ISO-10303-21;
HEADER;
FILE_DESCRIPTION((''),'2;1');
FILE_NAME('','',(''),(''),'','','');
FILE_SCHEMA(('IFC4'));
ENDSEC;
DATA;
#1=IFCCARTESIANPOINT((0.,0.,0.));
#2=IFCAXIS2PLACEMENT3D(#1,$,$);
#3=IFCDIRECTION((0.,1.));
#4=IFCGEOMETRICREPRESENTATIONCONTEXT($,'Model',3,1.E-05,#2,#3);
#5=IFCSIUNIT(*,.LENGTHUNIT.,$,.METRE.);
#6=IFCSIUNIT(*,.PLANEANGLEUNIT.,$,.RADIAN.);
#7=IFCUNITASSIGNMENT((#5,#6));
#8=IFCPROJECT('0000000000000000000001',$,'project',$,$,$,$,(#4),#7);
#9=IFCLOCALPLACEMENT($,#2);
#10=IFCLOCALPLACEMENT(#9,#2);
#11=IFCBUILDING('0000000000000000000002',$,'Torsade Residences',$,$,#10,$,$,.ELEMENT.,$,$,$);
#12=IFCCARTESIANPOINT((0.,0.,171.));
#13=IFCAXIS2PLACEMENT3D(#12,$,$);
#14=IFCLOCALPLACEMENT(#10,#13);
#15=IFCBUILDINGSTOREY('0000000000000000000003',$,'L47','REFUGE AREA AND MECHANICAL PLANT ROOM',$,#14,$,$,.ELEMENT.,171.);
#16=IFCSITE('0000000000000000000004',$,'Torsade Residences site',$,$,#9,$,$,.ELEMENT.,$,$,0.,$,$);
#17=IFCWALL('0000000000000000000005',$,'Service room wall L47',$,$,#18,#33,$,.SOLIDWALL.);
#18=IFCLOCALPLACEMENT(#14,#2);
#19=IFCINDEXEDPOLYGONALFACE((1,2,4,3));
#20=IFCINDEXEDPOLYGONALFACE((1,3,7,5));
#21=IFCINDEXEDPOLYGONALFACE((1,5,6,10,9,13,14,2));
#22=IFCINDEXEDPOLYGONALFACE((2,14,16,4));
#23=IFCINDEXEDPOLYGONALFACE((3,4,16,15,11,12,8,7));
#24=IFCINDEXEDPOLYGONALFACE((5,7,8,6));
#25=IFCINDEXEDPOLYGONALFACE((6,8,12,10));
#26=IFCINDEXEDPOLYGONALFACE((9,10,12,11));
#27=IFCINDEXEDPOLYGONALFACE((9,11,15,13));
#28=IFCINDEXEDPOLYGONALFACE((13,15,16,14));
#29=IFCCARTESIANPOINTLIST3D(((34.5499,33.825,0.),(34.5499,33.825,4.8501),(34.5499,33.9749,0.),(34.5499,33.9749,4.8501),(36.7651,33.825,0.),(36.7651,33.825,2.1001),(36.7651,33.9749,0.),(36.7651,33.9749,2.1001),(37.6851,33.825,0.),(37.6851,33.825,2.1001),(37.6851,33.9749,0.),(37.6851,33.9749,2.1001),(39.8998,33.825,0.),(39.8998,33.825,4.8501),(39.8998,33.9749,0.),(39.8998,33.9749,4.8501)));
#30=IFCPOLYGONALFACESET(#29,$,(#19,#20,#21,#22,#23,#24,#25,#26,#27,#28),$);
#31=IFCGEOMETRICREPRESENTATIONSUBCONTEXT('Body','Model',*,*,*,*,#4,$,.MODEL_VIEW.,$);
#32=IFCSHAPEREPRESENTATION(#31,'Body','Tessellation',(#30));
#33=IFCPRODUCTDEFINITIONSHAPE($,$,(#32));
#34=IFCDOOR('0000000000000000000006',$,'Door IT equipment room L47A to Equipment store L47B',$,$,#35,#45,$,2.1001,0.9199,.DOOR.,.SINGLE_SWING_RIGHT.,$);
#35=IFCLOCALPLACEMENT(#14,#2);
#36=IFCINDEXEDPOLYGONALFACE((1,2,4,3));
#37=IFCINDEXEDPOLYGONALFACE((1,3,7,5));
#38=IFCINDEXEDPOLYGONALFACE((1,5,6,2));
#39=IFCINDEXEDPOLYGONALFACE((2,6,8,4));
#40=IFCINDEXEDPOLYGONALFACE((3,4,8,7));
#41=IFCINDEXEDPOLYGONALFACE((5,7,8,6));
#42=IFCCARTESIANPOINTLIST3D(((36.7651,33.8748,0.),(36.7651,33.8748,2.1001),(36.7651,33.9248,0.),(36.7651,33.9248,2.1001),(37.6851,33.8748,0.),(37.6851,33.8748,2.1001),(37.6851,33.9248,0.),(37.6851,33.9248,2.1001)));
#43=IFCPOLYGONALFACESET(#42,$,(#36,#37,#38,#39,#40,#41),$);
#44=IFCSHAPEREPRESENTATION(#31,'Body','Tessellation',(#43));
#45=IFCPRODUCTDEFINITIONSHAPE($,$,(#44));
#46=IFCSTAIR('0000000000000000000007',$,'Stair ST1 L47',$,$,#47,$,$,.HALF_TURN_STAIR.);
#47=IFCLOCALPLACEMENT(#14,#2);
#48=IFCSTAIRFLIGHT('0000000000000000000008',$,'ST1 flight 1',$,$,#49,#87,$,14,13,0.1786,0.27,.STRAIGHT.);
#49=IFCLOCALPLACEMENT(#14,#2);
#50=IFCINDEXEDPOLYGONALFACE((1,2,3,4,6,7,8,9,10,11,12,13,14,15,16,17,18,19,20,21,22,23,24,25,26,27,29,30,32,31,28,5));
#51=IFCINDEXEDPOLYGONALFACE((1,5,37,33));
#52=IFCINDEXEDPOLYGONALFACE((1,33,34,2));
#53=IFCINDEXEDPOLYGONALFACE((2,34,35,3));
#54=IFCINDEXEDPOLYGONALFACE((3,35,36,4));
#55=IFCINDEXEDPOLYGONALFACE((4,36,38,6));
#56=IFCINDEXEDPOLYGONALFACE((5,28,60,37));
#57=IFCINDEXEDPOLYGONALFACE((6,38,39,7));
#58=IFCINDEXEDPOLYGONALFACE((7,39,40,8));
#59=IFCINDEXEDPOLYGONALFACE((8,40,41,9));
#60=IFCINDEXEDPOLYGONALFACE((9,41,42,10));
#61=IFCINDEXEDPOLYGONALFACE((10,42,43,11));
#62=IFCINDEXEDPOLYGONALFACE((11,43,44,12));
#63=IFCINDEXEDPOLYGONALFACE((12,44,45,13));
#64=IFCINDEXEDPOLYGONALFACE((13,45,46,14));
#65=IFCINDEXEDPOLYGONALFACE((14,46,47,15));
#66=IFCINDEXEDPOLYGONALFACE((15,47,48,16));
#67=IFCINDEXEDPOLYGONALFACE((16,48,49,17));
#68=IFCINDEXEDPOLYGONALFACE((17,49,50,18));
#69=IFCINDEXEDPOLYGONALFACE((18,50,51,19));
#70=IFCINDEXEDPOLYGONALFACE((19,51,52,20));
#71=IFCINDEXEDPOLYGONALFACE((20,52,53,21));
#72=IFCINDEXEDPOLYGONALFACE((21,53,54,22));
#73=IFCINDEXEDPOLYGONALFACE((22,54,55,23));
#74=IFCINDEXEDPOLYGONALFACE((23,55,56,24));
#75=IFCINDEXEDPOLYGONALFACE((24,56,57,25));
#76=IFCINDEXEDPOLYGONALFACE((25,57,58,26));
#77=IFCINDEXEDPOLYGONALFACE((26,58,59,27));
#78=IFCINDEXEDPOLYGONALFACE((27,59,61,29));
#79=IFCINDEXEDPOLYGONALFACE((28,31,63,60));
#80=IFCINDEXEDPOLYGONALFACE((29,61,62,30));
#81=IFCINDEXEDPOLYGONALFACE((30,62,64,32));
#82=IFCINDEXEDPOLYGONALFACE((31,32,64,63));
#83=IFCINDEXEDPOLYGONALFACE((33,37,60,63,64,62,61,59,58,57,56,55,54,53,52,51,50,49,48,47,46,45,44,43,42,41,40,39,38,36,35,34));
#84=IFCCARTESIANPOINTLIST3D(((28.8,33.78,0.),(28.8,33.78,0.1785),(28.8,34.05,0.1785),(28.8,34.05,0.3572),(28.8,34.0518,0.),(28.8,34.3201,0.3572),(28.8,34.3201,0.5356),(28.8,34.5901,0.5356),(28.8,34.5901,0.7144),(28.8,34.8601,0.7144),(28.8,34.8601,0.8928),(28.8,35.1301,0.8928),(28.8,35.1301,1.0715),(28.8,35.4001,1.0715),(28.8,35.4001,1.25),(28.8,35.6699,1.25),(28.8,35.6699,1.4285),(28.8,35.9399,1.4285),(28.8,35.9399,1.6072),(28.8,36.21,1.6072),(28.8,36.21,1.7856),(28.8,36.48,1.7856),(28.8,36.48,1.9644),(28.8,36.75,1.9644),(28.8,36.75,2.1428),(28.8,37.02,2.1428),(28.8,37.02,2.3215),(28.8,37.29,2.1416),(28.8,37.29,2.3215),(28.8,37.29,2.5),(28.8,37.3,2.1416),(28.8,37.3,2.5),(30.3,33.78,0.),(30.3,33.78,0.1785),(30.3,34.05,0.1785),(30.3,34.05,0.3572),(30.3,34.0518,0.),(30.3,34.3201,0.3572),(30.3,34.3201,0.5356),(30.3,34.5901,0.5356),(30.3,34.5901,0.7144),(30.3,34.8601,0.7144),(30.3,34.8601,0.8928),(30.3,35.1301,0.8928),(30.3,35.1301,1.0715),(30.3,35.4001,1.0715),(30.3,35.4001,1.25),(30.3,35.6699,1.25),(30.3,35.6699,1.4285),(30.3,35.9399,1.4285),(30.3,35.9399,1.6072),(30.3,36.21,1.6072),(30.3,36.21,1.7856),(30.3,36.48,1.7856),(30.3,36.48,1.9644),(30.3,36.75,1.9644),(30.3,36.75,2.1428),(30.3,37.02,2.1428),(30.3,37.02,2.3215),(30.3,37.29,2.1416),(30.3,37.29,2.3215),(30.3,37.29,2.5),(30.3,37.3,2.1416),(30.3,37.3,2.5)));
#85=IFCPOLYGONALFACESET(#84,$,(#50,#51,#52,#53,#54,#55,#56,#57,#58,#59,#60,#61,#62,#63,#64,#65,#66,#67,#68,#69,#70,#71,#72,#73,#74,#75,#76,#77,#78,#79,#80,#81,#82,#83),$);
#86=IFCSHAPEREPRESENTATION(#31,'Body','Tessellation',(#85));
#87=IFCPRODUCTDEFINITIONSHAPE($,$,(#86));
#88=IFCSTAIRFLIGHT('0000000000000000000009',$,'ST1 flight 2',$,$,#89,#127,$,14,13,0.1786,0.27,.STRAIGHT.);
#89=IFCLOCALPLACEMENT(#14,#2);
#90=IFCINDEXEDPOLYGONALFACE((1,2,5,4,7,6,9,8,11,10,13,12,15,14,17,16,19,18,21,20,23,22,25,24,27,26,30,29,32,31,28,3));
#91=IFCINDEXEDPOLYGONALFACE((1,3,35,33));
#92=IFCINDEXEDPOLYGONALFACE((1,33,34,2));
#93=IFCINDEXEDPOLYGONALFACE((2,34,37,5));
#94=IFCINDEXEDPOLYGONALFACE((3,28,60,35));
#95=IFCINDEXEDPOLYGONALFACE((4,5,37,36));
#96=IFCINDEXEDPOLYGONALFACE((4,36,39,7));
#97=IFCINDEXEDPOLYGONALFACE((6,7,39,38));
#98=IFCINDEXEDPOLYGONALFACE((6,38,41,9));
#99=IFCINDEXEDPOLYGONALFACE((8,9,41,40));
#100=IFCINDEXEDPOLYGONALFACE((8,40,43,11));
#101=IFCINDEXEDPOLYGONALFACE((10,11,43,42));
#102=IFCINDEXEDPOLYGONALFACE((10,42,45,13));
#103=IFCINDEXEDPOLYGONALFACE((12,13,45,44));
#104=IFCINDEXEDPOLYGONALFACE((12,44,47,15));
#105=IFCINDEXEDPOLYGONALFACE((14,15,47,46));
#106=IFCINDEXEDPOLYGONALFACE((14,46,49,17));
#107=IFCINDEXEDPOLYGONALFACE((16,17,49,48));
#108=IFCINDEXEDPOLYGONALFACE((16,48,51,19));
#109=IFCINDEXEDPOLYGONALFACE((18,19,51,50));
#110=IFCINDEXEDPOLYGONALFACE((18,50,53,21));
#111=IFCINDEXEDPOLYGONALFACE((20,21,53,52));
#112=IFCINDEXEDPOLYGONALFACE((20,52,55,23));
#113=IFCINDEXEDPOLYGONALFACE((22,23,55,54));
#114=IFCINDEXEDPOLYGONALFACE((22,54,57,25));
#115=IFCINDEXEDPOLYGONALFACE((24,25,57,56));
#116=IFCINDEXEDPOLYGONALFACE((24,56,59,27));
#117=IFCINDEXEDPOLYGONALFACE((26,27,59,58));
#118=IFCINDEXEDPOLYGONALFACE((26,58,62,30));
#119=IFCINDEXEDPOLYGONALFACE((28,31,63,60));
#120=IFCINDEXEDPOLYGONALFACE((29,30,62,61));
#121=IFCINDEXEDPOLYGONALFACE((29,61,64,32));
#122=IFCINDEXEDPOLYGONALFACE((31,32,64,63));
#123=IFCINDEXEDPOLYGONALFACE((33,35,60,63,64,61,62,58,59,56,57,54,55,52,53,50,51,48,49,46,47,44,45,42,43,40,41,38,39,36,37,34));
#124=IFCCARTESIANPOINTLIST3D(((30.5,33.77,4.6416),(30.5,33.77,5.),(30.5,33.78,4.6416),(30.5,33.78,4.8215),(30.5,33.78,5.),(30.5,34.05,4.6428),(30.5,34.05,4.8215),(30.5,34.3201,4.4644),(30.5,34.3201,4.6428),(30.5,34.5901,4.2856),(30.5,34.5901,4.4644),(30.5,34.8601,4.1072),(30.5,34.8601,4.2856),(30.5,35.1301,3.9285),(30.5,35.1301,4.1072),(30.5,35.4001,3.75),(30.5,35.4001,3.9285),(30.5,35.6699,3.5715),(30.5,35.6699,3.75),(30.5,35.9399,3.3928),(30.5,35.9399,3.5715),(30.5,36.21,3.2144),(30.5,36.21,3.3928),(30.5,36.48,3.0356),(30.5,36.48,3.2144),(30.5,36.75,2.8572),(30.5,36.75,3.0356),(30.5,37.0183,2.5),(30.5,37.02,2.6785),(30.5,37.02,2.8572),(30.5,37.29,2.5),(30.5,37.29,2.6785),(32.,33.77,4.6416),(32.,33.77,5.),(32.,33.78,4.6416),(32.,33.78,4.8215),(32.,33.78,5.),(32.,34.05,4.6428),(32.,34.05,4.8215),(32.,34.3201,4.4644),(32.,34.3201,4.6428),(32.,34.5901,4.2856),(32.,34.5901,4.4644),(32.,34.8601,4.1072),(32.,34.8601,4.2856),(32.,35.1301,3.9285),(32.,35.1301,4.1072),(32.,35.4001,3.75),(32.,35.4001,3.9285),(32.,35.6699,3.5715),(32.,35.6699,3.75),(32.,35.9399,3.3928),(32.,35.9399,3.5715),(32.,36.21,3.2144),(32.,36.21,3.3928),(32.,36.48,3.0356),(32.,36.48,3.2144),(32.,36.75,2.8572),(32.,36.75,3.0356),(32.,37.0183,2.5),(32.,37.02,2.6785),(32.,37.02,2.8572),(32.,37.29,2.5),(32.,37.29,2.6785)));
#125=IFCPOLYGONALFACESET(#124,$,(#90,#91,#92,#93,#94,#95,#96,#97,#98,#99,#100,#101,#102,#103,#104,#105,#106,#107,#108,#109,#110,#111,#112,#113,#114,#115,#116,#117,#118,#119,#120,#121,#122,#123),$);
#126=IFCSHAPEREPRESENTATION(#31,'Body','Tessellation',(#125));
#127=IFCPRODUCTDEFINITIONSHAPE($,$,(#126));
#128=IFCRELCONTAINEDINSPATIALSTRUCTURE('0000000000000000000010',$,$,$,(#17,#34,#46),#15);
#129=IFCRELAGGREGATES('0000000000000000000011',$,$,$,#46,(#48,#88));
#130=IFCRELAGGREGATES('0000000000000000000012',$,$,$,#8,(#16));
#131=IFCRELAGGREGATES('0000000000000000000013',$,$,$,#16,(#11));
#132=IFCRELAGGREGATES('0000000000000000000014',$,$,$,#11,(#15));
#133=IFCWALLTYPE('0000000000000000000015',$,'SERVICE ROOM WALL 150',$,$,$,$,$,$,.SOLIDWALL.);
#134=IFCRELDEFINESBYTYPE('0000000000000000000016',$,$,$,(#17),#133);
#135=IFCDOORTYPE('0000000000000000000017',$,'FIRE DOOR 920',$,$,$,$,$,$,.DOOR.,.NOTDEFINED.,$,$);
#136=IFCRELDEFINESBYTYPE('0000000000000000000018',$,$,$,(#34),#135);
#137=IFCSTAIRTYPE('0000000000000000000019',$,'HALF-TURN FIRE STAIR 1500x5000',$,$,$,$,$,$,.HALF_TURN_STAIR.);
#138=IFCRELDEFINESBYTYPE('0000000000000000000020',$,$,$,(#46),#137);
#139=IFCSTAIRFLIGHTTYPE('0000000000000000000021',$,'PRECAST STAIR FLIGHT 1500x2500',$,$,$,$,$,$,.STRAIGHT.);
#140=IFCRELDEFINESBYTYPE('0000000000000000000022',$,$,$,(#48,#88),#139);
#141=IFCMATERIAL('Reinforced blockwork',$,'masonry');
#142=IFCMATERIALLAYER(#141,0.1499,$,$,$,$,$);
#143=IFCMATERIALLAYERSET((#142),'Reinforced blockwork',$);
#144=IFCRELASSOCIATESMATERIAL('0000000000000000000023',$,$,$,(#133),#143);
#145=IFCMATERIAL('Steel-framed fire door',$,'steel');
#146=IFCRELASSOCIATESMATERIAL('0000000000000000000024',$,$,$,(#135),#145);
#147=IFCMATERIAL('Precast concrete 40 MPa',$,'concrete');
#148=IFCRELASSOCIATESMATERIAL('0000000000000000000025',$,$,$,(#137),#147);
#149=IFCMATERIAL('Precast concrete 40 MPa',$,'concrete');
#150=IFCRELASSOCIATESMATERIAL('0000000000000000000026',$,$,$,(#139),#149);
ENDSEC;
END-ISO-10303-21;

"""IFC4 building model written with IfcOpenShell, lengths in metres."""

from ifc_helpers import new_model, si_unit, direction, frame, frame_2d, origin, place, context, subcontext, project, spatial, polyline, rectangle, outline, extrude, material, layer, layer_set, type_object, element, fill, aggregate, save


model = new_model("IFC4")

# Units and contexts
model_context = context("Model", 3, precision=1e-05, world=origin(), true_north=direction((0.0, 1.0)))
body_context = subcontext(model_context, "Body", "Model", "MODEL_VIEW")
ifc_project = project(units=[si_unit("LENGTHUNIT", "METRE"), si_unit("PLANEANGLEUNIT", "RADIAN")], contexts=[model_context])

# Site, building, storey
site_placement = place(None, origin())
site = spatial("IfcSite", under=ifc_project, at=site_placement, Name="Torsade Residences site", CompositionType="ELEMENT", RefElevation=0.0)
building_placement = place(site_placement, origin())
building = spatial("IfcBuilding", under=site, at=building_placement, Name="Torsade Residences", CompositionType="ELEMENT")
storey_placement = place(building_placement, frame((0.0, 0.0, 171.0)))
storey = spatial("IfcBuildingStorey", under=building, at=storey_placement, Name="L47", Description="REFUGE AREA AND MECHANICAL PLANT ROOM", CompositionType="ELEMENT", Elevation=171.0)

# Wall, opening, door
ifc_material_1 = material(Name="Reinforced blockwork", Category="masonry")
ifc_layer_1 = layer(ifc_material_1, 0.1499)
ifc_layer_set_1 = layer_set([ifc_layer_1], Name="Reinforced blockwork")
wall_type_1 = type_object("IfcWallType", Name="SERVICE ROOM WALL 150", PredefinedType="SOLIDWALL", material=ifc_layer_set_1)
wall_1_placement = place(storey_placement, frame((34.55, 33.8999, 0.0), z_axis=(0.0, 0.0, 1.0), x_axis=(1.0, 0.0, 0.0)))
wall_1 = element("IfcWall", 1, at=wall_1_placement, inside=storey, type_object=wall_type_1, Name="Service room wall L47", PredefinedType="SOLIDWALL", context=body_context, shape_type="SweptSolid", body=[
    extrude(rectangle(XDim=5.3499, YDim=0.1499, at=frame_2d((2.6748, 0.0))), origin(), (0.0, 0.0, 1.0), 4.8501),
])
opening_placement = place(wall_1_placement, frame((2.2151, 0.0, 0.0)))
opening = element("IfcOpeningElement", 2, at=opening_placement, cuts=wall_1, PredefinedType="OPENING", context=body_context, shape_type="SweptSolid", body=[
    extrude(rectangle(XDim=0.9199, YDim=2.1001, at=frame_2d((0.46, 1.05))), frame((0.0, 0.085, 0.0), z_axis=(0.0, -1.0, 0.0), x_axis=(1.0, 0.0, 0.0)), (0.0, 0.0, 1.0), 0.1699),
])
ifc_material_2 = material(Name="Steel-framed fire door", Category="steel")
door_type = type_object("IfcDoorType", Name="FIRE DOOR 920", OperationType="NOTDEFINED", PredefinedType="DOOR", material=ifc_material_2)
door_placement = place(opening_placement, origin())
door = element("IfcDoor", 3, at=door_placement, inside=storey, type_object=door_type, Name="Door IT equipment room L47A to Equipment store L47B", OperationType="SINGLE_SWING_RIGHT", OverallHeight=2.1001, OverallWidth=0.9199, PredefinedType="DOOR", context=body_context, shape_type="SweptSolid", body=[
    extrude(rectangle(XDim=0.9199, YDim=2.1001, at=frame_2d((0.46, 1.05))), frame((0.0, 0.0249, 0.0), z_axis=(0.0, -1.0, 0.0), x_axis=(1.0, 0.0, 0.0)), (0.0, 0.0, 1.0), 0.05),
])
fill(opening, door)

# Stair, stair flights
ifc_material_3 = material(Name="Precast concrete 40 MPa", Category="concrete")
stair_type = type_object("IfcStairType", Name="HALF-TURN FIRE STAIR 1500x5000", PredefinedType="HALF_TURN_STAIR", material=ifc_material_3)
stair_placement = place(storey_placement, origin())
stair = element("IfcStair", 4, at=stair_placement, inside=storey, type_object=stair_type, Name="Stair ST1 L47", PredefinedType="HALF_TURN_STAIR")
ifc_material_4 = material(Name="Precast concrete 40 MPa", Category="concrete")
stair_flight_type = type_object("IfcStairFlightType", Name="PRECAST STAIR FLIGHT 1500x2500", PredefinedType="STRAIGHT", material=ifc_material_4)
stair_flight_1_placement = place(storey_placement, frame((29.55, 33.78, 0.0), z_axis=(0.0, 0.0, 1.0), x_axis=(0.0, 1.0, 0.0)))
stair_flight_1 = element("IfcStairFlight", 5, at=stair_flight_1_placement, type_object=stair_flight_type, Name="ST1 flight 1", NumberOfRisers=14, NumberOfTreads=13, PredefinedType="STRAIGHT", RiserHeight=0.1786, TreadLength=0.27, context=body_context, shape_type="SweptSolid", body=[
    extrude(outline(polyline([(0.0, 0.0), (0.0, 0.1785), (0.27, 0.1785), (0.27, 0.3572), (0.54, 0.3572), (0.54, 0.5356), (0.8101, 0.5356), (0.8101, 0.7144), (1.0801, 0.7144), (1.0801, 0.8928), (1.3501, 0.8928), (1.3501, 1.0715), (1.6201, 1.0715), (1.6201, 1.25), (1.8899, 1.25), (1.8899, 1.4285), (2.1599, 1.4285), (2.1599, 1.6072), (2.4299, 1.6072), (2.4299, 1.7856), (2.7, 1.7856), (2.7, 1.9644), (2.97, 1.9644), (2.97, 2.1428), (3.24, 2.1428), (3.24, 2.3215), (3.51, 2.3215), (3.51, 2.5), (3.52, 2.5), (3.52, 2.1416), (3.51, 2.1416), (0.2717, 0.0), (0.0, 0.0)])), frame((0.0, 0.75, 0.0), z_axis=(0.0, -1.0, 0.0), x_axis=(1.0, 0.0, 0.0)), (0.0, 0.0, 1.0), 1.5),
])
stair_flight_2_placement = place(storey_placement, frame((31.25, 37.29, 2.5), z_axis=(0.0, 0.0, 1.0), x_axis=(0.0, -1.0, 0.0)))
stair_flight_2 = element("IfcStairFlight", 6, at=stair_flight_2_placement, type_object=stair_flight_type, Name="ST1 flight 2", NumberOfRisers=14, NumberOfTreads=13, PredefinedType="STRAIGHT", RiserHeight=0.1786, TreadLength=0.27, context=body_context, shape_type="SweptSolid", body=[
    extrude(outline(polyline([(0.0, 0.0), (0.0, 0.1785), (0.27, 0.1785), (0.27, 0.3572), (0.54, 0.3572), (0.54, 0.5356), (0.8101, 0.5356), (0.8101, 0.7144), (1.0801, 0.7144), (1.0801, 0.8928), (1.3501, 0.8928), (1.3501, 1.0715), (1.6201, 1.0715), (1.6201, 1.25), (1.8899, 1.25), (1.8899, 1.4285), (2.1599, 1.4285), (2.1599, 1.6072), (2.4299, 1.6072), (2.4299, 1.7856), (2.7, 1.7856), (2.7, 1.9644), (2.97, 1.9644), (2.97, 2.1428), (3.24, 2.1428), (3.24, 2.3215), (3.51, 2.3215), (3.51, 2.5), (3.52, 2.5), (3.52, 2.1416), (3.51, 2.1416), (0.2717, 0.0), (0.0, 0.0)])), frame((0.0, 0.75, 0.0), z_axis=(0.0, -1.0, 0.0), x_axis=(1.0, 0.0, 0.0)), (0.0, 0.0, 1.0), 1.5),
])
aggregate(stair, [stair_flight_1, stair_flight_2])

save(model, "model.ifc")
